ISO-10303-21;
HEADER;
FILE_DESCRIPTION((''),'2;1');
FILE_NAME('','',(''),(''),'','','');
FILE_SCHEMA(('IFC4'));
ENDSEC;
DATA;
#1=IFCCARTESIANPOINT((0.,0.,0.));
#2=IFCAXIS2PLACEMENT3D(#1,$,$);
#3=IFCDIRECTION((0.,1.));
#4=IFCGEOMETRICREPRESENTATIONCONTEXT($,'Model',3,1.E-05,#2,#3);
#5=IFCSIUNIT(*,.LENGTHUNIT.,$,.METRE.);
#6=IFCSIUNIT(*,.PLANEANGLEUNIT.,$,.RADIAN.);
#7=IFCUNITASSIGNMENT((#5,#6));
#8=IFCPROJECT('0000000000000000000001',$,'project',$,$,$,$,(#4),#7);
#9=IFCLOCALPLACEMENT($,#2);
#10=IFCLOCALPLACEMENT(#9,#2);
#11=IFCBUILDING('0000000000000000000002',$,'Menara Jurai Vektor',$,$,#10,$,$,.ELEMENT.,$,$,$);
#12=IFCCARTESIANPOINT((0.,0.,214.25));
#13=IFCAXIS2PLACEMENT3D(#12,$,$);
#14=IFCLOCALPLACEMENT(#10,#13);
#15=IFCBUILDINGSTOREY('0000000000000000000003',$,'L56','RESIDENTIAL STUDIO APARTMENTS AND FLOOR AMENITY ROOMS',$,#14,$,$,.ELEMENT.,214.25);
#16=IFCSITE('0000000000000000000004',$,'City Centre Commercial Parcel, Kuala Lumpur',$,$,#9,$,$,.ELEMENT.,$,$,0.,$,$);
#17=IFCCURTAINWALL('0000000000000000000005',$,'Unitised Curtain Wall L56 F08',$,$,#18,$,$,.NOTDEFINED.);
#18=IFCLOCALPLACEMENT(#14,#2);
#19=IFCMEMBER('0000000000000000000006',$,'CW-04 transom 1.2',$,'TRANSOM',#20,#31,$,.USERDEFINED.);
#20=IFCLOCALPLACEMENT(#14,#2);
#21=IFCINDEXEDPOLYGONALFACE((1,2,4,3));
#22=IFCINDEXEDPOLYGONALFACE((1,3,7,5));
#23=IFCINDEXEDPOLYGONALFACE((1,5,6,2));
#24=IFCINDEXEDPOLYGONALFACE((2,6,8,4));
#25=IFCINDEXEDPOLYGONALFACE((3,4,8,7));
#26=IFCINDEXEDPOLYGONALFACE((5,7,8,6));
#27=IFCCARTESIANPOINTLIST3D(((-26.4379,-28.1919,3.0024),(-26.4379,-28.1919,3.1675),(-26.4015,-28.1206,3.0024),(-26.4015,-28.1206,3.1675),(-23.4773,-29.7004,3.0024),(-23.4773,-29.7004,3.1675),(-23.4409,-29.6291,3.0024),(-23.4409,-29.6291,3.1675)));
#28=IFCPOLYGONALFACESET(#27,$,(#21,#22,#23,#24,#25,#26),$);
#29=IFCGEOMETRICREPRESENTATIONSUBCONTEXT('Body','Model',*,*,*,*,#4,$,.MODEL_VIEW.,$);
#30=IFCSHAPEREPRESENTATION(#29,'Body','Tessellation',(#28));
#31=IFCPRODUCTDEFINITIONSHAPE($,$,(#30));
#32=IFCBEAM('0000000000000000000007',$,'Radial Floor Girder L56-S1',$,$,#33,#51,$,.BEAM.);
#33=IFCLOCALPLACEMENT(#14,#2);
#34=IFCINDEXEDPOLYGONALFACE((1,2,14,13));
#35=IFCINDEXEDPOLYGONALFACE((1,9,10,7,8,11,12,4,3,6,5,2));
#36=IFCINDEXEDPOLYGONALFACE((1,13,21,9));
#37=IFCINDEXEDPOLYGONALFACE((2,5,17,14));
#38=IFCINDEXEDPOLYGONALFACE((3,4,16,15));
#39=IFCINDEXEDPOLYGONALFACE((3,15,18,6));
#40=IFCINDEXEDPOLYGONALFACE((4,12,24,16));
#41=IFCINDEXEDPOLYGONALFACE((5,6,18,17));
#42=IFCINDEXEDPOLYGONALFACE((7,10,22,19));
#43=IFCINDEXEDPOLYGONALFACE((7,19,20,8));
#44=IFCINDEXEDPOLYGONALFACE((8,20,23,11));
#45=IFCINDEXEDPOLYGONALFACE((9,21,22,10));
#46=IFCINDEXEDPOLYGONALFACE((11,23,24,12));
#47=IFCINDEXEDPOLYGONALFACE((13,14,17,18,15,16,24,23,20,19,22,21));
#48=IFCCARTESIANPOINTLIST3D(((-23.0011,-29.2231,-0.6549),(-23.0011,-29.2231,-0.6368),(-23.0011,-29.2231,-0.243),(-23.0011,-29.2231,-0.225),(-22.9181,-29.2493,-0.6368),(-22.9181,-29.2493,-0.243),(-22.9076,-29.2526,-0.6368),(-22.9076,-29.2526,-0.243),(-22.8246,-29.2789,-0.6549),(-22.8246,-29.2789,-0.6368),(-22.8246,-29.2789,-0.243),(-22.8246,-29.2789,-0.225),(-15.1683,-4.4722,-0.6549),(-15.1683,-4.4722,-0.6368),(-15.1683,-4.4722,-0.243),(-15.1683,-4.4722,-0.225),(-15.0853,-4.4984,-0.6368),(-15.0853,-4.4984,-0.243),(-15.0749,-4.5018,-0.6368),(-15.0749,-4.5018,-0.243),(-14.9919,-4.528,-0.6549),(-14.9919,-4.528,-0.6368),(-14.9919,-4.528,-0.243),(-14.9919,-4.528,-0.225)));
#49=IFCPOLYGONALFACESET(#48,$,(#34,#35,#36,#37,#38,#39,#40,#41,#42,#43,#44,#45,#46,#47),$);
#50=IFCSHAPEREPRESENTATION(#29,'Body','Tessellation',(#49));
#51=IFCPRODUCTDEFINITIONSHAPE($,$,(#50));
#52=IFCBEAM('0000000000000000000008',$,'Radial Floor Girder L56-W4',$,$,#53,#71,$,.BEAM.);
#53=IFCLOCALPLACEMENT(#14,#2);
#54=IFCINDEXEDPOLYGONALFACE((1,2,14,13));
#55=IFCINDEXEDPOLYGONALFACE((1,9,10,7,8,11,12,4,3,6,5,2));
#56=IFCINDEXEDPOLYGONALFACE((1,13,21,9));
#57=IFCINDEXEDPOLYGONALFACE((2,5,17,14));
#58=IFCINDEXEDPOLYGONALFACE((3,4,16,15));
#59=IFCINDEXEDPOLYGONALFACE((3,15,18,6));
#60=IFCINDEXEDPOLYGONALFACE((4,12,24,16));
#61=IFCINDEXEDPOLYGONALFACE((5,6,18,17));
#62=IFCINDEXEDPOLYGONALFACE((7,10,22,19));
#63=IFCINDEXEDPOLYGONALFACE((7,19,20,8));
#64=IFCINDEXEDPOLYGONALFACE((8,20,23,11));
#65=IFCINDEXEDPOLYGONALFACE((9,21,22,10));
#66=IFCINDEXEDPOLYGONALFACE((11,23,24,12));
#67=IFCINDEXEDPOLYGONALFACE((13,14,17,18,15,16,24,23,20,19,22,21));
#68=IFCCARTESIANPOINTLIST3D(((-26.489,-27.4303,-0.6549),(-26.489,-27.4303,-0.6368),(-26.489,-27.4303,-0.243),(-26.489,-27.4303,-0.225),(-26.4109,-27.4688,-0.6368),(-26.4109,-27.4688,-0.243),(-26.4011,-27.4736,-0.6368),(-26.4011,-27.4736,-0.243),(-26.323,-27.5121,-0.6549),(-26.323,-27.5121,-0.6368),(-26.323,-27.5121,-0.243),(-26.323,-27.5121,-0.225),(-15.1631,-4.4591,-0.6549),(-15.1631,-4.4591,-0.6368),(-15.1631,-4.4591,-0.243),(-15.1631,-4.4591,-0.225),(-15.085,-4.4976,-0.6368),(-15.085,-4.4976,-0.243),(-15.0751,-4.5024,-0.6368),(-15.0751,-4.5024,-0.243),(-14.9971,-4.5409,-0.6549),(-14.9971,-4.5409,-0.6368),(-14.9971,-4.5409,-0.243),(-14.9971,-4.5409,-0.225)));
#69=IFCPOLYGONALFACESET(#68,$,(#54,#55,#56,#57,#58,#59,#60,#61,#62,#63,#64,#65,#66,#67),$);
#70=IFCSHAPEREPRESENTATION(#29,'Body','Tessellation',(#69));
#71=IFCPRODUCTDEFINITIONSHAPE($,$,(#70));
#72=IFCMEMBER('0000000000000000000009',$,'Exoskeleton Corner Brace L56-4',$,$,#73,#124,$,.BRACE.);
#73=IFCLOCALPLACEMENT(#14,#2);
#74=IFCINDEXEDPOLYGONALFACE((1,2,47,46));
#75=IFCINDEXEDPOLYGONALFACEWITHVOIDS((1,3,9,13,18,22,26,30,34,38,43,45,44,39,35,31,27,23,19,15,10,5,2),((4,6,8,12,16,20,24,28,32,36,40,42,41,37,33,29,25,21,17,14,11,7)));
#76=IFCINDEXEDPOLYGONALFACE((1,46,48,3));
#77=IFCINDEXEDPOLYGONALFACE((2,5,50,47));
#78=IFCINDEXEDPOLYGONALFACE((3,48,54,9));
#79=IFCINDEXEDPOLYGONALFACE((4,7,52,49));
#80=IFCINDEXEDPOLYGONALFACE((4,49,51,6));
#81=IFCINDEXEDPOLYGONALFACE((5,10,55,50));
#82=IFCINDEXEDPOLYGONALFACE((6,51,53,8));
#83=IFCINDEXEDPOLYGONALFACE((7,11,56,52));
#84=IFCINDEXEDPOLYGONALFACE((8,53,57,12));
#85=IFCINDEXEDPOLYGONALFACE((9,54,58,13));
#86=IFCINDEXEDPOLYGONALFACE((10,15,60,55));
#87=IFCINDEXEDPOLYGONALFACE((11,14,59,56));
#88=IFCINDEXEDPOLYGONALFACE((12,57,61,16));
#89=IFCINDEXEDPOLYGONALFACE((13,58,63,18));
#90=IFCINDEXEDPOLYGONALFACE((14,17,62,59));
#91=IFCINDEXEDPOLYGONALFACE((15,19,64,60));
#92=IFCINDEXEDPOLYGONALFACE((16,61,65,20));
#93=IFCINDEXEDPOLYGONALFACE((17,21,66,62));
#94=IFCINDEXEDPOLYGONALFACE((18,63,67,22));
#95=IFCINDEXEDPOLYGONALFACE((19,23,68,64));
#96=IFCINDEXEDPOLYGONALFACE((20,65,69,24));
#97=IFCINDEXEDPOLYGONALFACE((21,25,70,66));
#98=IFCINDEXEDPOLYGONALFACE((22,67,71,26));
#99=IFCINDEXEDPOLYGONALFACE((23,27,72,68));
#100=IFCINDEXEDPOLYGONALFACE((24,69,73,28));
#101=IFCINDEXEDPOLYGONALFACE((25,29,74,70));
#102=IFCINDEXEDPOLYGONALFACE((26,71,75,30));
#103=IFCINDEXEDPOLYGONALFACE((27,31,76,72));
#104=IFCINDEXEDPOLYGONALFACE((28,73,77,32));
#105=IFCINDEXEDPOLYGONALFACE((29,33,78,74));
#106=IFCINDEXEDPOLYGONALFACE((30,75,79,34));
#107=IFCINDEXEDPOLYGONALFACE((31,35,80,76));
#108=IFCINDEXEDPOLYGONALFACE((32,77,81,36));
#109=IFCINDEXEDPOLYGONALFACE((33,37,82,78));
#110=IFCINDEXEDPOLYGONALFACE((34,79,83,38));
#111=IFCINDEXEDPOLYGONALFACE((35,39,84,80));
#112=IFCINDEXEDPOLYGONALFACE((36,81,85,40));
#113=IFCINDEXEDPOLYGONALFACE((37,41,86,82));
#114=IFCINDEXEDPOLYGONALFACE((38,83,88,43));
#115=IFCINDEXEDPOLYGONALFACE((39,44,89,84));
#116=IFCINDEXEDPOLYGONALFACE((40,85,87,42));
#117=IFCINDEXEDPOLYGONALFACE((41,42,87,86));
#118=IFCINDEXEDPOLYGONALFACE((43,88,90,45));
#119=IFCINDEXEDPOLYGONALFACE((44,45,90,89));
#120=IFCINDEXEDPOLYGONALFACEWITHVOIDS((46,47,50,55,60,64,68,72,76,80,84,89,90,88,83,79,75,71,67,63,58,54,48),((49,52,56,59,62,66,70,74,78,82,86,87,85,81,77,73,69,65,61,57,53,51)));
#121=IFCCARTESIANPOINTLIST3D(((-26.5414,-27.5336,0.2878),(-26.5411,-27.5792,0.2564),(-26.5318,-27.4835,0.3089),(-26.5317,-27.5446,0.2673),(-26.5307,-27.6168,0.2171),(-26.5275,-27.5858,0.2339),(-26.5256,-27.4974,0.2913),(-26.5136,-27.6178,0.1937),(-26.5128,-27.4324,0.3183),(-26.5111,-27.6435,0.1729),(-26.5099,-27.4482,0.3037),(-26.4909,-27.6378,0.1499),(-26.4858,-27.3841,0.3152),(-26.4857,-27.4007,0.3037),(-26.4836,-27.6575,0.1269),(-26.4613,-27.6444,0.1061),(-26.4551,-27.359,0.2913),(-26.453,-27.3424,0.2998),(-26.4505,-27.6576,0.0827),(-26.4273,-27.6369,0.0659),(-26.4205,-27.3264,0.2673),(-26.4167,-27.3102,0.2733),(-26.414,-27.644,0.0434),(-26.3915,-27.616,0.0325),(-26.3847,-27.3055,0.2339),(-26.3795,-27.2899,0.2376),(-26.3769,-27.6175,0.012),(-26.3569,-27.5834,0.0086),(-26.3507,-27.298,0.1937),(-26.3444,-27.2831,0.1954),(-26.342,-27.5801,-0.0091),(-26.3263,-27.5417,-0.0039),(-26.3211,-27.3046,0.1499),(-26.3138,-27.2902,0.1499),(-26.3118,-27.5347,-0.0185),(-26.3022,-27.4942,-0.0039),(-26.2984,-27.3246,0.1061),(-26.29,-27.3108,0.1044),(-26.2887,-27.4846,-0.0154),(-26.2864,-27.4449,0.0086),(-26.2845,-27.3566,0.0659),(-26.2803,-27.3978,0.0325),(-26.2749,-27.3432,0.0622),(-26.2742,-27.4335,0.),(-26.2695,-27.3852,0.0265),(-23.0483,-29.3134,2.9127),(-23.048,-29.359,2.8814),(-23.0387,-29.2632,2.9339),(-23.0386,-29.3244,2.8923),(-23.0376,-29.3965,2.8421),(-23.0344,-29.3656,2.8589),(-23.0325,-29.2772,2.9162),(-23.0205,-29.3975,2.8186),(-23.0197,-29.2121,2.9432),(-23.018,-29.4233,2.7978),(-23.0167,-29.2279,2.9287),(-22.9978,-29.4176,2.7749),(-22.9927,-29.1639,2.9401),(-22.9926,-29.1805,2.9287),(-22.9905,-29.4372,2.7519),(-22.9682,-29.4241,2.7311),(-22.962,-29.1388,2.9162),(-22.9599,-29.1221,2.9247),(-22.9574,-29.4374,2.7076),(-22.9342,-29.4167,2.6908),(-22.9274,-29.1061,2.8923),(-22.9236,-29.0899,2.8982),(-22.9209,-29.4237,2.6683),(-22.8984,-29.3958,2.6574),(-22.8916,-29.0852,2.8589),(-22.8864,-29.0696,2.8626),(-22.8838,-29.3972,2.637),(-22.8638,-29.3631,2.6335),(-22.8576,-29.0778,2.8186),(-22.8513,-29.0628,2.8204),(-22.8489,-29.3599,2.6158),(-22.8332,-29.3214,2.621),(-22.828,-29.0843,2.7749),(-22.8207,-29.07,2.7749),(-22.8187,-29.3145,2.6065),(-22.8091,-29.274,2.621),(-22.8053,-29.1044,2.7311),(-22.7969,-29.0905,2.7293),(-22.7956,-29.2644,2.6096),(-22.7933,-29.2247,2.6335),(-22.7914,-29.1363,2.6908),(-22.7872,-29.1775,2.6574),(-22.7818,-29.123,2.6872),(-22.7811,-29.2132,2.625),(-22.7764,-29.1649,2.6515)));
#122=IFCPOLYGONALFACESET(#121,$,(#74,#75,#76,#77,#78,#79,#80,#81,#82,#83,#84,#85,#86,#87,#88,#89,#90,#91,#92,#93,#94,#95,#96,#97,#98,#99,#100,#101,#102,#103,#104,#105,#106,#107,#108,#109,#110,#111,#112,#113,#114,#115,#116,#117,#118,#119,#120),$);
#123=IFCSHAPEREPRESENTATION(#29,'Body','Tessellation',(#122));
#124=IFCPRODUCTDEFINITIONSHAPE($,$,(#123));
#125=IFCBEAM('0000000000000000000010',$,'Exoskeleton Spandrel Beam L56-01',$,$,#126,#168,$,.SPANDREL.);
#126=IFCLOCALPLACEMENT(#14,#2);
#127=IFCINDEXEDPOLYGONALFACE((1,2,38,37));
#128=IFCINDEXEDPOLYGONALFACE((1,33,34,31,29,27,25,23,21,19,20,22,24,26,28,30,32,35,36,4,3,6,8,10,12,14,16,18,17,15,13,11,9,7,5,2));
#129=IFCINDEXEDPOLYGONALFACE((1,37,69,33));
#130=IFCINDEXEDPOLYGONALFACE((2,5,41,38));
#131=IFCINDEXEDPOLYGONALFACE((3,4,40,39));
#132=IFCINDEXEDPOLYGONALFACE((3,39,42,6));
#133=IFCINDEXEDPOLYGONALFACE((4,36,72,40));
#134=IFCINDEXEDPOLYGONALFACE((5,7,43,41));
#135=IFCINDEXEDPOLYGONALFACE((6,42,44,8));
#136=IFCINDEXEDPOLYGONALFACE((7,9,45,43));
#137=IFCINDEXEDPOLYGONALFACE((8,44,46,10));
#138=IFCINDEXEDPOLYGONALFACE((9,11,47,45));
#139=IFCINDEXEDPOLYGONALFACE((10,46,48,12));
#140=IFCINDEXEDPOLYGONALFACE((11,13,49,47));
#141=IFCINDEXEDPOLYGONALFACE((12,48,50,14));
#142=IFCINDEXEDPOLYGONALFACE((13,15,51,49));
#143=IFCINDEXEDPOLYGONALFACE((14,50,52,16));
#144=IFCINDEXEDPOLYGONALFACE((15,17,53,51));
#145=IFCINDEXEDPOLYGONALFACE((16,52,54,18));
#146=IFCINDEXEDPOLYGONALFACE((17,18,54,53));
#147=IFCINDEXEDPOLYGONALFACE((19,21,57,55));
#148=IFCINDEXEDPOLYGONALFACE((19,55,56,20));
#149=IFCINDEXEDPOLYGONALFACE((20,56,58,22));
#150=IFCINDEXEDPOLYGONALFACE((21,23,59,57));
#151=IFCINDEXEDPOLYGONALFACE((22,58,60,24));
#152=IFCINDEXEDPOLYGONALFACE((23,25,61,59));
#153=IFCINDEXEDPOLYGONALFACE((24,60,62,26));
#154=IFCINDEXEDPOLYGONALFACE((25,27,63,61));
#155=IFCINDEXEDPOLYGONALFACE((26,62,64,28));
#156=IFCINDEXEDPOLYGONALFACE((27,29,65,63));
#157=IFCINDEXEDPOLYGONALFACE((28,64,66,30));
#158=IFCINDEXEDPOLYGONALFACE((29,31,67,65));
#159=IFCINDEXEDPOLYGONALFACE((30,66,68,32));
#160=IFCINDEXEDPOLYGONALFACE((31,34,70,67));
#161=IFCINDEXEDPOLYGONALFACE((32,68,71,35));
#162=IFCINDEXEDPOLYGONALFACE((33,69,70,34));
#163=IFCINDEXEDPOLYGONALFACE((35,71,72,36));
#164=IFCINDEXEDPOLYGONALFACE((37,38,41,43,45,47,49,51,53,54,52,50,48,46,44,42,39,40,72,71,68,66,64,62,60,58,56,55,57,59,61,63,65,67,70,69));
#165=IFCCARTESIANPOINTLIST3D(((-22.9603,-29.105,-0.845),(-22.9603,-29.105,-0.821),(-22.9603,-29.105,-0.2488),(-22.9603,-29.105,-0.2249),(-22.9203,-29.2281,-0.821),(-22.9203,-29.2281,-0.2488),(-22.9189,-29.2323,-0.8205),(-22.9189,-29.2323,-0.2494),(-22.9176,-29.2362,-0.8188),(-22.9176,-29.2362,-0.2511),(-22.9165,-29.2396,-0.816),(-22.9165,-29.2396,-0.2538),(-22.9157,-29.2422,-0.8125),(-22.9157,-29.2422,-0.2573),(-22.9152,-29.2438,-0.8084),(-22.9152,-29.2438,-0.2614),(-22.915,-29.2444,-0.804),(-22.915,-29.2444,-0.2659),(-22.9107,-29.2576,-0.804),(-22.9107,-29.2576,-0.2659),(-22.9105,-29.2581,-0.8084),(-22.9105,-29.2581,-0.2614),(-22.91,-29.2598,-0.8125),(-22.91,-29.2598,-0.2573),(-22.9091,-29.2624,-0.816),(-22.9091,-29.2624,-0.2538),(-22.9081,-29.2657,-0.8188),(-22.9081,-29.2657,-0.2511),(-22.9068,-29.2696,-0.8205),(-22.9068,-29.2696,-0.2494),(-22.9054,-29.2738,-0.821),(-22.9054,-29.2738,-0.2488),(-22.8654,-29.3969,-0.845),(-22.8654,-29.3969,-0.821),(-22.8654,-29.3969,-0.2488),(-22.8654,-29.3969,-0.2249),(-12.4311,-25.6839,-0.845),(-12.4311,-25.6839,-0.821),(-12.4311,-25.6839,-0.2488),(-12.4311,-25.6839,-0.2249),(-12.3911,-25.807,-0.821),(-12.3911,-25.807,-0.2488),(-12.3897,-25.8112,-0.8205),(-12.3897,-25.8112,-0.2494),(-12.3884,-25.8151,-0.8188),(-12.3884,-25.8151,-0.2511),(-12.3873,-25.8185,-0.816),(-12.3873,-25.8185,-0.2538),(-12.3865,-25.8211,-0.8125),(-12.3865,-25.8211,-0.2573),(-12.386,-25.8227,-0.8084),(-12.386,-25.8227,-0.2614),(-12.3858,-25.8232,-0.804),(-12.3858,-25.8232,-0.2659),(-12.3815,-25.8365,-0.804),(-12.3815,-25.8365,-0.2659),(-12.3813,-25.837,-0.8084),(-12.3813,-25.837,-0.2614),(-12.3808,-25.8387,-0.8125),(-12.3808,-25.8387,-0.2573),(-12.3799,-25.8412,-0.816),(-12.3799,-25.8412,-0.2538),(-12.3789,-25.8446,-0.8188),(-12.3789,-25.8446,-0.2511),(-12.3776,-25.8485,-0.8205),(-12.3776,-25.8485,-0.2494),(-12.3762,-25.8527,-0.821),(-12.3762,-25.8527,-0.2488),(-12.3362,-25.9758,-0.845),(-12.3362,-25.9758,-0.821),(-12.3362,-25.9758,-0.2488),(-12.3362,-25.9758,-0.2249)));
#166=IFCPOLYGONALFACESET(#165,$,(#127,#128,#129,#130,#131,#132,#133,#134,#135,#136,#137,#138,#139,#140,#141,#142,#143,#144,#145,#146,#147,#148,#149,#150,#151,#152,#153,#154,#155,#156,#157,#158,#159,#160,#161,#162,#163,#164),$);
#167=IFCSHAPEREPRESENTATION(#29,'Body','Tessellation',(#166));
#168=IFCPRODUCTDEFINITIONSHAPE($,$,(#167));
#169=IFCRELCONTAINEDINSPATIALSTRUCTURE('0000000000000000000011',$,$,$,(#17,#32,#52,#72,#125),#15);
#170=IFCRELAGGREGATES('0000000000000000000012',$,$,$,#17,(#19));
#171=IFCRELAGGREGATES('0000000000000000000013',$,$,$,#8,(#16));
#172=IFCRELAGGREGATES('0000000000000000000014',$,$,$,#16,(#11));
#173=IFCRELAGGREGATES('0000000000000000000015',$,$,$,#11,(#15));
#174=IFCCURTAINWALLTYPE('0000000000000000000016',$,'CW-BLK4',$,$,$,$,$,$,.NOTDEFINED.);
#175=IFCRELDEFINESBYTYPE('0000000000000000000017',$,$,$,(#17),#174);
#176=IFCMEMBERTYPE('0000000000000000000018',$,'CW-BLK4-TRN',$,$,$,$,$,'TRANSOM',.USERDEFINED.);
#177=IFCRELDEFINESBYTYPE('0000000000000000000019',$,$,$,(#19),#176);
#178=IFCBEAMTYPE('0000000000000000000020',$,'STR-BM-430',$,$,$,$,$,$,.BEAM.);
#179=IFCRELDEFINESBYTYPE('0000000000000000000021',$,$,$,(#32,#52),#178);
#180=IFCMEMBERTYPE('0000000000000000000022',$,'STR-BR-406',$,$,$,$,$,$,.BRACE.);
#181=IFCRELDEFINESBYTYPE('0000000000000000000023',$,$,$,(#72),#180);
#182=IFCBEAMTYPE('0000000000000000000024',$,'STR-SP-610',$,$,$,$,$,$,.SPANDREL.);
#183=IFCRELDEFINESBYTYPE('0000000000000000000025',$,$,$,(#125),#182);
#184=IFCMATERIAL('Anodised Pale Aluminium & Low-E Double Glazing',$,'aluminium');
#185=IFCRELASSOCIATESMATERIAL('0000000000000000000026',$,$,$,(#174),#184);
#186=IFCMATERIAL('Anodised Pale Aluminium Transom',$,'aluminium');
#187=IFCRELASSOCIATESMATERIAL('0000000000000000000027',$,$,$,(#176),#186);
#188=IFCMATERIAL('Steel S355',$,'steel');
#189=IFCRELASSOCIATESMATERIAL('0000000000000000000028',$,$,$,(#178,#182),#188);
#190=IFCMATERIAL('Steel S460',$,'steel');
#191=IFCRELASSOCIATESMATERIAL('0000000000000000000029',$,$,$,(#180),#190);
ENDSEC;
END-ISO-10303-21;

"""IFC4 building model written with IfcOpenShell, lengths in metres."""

from ifc_helpers import new_model, si_unit, direction, frame, origin, origin_2d, place, context, subcontext, project, spatial, rectangle, hollow_circle, i_section, extrude, material, material_profile, profile_set, type_object, element, aggregate, save


model = new_model("IFC4")

# Units and contexts
model_context = context("Model", 3, precision=1e-05, world=origin(), true_north=direction((0.0, 1.0)))
body_context = subcontext(model_context, "Body", "Model", "MODEL_VIEW")
ifc_project = project(units=[si_unit("LENGTHUNIT", "METRE"), si_unit("PLANEANGLEUNIT", "RADIAN")], contexts=[model_context])

# Site, building, storey
site_placement = place(None, origin())
site = spatial("IfcSite", under=ifc_project, at=site_placement, Name="City Centre Commercial Parcel, Kuala Lumpur", CompositionType="ELEMENT", RefElevation=0.0)
building_placement = place(site_placement, origin())
building = spatial("IfcBuilding", under=site, at=building_placement, Name="Menara Jurai Vektor", CompositionType="ELEMENT")
storey_placement = place(building_placement, frame((0.0, 0.0, 214.25)))
storey = spatial("IfcBuildingStorey", under=building, at=storey_placement, Name="L56", Description="RESIDENTIAL STUDIO APARTMENTS AND FLOOR AMENITY ROOMS", CompositionType="ELEMENT", Elevation=214.25)

# Shared definitions
ifc_material_1 = material(Name="Steel S460", Category="steel")

# Shared definitions
ifc_material_2 = material(Name="Anodised Pale Aluminium & Low-E Double Glazing", Category="aluminium")
curtain_wall_type = type_object("IfcCurtainWallType", Name="CW-BLK4", PredefinedType="NOTDEFINED", material=ifc_material_2)

# Curtain wall
curtain_wall_1_placement = place(storey_placement, origin())
curtain_wall_1 = element("IfcCurtainWall", 1, at=curtain_wall_1_placement, inside=storey, type_object=curtain_wall_type, Name="Unitised Curtain Wall L56 F08", PredefinedType="NOTDEFINED")

# Member
ifc_material_3 = material(Name="Anodised Pale Aluminium Transom", Category="aluminium")
ifc_material_profile_1 = material_profile(ifc_material_3, rectangle(XDim=0.0801, YDim=0.165, at=origin_2d()), Name="ALU TRN 80x165")
ifc_profile_set_1 = profile_set([ifc_material_profile_1], Name="Anodised Pale Aluminium Transom")
member_type_1 = type_object("IfcMemberType", Name="CW-BLK4-TRN", ElementType="TRANSOM", PredefinedType="USERDEFINED", material=ifc_profile_set_1)
member_1_placement = place(storey_placement, frame((-26.4197, -28.1562, 3.085), z_axis=(0.891007, -0.45399, 0.0), x_axis=(0.45399, 0.891007, 0.0)))
member_1 = element("IfcMember", 2, at=member_1_placement, type_object=member_type_1, Name="CW-04 transom 1.2", ObjectType="TRANSOM", PredefinedType="USERDEFINED", context=body_context, shape_type="SweptSolid", body=[
    extrude(rectangle(XDim=0.0801, YDim=0.165, at=origin_2d()), origin(), (0.0, 0.0, 1.0), 3.3228),
])

# Beams
ifc_material_4 = material(Name="Steel S355", Category="steel")
ifc_material_profile_2 = material_profile(ifc_material_4, i_section(OverallWidth=0.1851, OverallDepth=0.4299, WebThickness=0.011, FlangeThickness=0.0181, at=origin_2d()), Name="PG 430x185x76")
ifc_profile_set_2 = profile_set([ifc_material_profile_2], Name="Steel S355")
beam_type_1 = type_object("IfcBeamType", Name="STR-BM-430", PredefinedType="BEAM", material=ifc_profile_set_2)
beam_1_placement = place(storey_placement, frame((-22.9128, -29.251, -0.4399), z_axis=(0.301715, 0.953398, 0.0), x_axis=(-0.953398, 0.301715, 0.0)))
element("IfcBeam", 3, at=beam_1_placement, inside=storey, type_object=beam_type_1, Name="Radial Floor Girder L56-S1", PredefinedType="BEAM", context=body_context, shape_type="SweptSolid", body=[
    extrude(i_section(OverallWidth=0.1851, OverallDepth=0.4299, WebThickness=0.011, FlangeThickness=0.0181, at=origin_2d()), origin(), (0.0, 0.0, 1.0), 25.9607),
])
beam_2_placement = place(storey_placement, frame((-26.406, -27.4712, -0.4399), z_axis=(0.442219, 0.896907, 0.0), x_axis=(-0.896907, 0.442219, 0.0)))
element("IfcBeam", 4, at=beam_2_placement, inside=storey, type_object=beam_type_1, Name="Radial Floor Girder L56-W4", PredefinedType="BEAM", context=body_context, shape_type="SweptSolid", body=[
    extrude(i_section(OverallWidth=0.1851, OverallDepth=0.4299, WebThickness=0.011, FlangeThickness=0.0181, at=origin_2d()), origin(), (0.0, 0.0, 1.0), 25.6116),
])

# Member
ifc_material_profile_3 = material_profile(ifc_material_1, hollow_circle(Radius=0.2031, WallThickness=0.0161, at=origin_2d()), Name="CHS 406.4x16")
ifc_profile_set_3 = profile_set([ifc_material_profile_3], Name="Steel S460")
member_type_2 = type_object("IfcMemberType", Name="STR-BR-406", PredefinedType="BRACE", material=ifc_profile_set_3)
member_2_placement = place(storey_placement, frame((-26.406, -27.4712, 0.1499), z_axis=(0.740375, -0.377225, 0.556368), x_axis=(0.453976, 0.891014, 0.0)))
element("IfcMember", 5, at=member_2_placement, inside=storey, type_object=member_type_2, Name="Exoskeleton Corner Brace L56-4", PredefinedType="BRACE", context=body_context, shape_type="SweptSolid", body=[
    extrude(hollow_circle(Radius=0.2031, WallThickness=0.0161, at=origin_2d()), origin(), (0.0, 0.0, 1.0), 4.718),
])

# Beam
ifc_material_profile_4 = material_profile(ifc_material_4, i_section(OverallWidth=0.3069, OverallDepth=0.6201, WebThickness=0.0139, FlangeThickness=0.0239, FilletRadius=0.0171, at=origin_2d()), Name="UKB 610x305x179")
ifc_profile_set_4 = profile_set([ifc_material_profile_4], Name="Steel S355")
beam_type_2 = type_object("IfcBeamType", Name="STR-SP-610", PredefinedType="SPANDREL", material=ifc_profile_set_4)
beam_3_placement = place(storey_placement, frame((-22.9128, -29.251, -0.5349), z_axis=(0.951057, 0.309014, 0.0), x_axis=(-0.309014, 0.951057, 0.0)))
element("IfcBeam", 6, at=beam_3_placement, inside=storey, type_object=beam_type_2, Name="Exoskeleton Spandrel Beam L56-01", PredefinedType="SPANDREL", context=body_context, shape_type="SweptSolid", body=[
    extrude(i_section(OverallWidth=0.3069, OverallDepth=0.6201, WebThickness=0.0139, FlangeThickness=0.0239, FilletRadius=0.0171, at=origin_2d()), origin(), (0.0, 0.0, 1.0), 11.071),
])

aggregate(curtain_wall_1, [member_1])

save(model, "model.ifc")
